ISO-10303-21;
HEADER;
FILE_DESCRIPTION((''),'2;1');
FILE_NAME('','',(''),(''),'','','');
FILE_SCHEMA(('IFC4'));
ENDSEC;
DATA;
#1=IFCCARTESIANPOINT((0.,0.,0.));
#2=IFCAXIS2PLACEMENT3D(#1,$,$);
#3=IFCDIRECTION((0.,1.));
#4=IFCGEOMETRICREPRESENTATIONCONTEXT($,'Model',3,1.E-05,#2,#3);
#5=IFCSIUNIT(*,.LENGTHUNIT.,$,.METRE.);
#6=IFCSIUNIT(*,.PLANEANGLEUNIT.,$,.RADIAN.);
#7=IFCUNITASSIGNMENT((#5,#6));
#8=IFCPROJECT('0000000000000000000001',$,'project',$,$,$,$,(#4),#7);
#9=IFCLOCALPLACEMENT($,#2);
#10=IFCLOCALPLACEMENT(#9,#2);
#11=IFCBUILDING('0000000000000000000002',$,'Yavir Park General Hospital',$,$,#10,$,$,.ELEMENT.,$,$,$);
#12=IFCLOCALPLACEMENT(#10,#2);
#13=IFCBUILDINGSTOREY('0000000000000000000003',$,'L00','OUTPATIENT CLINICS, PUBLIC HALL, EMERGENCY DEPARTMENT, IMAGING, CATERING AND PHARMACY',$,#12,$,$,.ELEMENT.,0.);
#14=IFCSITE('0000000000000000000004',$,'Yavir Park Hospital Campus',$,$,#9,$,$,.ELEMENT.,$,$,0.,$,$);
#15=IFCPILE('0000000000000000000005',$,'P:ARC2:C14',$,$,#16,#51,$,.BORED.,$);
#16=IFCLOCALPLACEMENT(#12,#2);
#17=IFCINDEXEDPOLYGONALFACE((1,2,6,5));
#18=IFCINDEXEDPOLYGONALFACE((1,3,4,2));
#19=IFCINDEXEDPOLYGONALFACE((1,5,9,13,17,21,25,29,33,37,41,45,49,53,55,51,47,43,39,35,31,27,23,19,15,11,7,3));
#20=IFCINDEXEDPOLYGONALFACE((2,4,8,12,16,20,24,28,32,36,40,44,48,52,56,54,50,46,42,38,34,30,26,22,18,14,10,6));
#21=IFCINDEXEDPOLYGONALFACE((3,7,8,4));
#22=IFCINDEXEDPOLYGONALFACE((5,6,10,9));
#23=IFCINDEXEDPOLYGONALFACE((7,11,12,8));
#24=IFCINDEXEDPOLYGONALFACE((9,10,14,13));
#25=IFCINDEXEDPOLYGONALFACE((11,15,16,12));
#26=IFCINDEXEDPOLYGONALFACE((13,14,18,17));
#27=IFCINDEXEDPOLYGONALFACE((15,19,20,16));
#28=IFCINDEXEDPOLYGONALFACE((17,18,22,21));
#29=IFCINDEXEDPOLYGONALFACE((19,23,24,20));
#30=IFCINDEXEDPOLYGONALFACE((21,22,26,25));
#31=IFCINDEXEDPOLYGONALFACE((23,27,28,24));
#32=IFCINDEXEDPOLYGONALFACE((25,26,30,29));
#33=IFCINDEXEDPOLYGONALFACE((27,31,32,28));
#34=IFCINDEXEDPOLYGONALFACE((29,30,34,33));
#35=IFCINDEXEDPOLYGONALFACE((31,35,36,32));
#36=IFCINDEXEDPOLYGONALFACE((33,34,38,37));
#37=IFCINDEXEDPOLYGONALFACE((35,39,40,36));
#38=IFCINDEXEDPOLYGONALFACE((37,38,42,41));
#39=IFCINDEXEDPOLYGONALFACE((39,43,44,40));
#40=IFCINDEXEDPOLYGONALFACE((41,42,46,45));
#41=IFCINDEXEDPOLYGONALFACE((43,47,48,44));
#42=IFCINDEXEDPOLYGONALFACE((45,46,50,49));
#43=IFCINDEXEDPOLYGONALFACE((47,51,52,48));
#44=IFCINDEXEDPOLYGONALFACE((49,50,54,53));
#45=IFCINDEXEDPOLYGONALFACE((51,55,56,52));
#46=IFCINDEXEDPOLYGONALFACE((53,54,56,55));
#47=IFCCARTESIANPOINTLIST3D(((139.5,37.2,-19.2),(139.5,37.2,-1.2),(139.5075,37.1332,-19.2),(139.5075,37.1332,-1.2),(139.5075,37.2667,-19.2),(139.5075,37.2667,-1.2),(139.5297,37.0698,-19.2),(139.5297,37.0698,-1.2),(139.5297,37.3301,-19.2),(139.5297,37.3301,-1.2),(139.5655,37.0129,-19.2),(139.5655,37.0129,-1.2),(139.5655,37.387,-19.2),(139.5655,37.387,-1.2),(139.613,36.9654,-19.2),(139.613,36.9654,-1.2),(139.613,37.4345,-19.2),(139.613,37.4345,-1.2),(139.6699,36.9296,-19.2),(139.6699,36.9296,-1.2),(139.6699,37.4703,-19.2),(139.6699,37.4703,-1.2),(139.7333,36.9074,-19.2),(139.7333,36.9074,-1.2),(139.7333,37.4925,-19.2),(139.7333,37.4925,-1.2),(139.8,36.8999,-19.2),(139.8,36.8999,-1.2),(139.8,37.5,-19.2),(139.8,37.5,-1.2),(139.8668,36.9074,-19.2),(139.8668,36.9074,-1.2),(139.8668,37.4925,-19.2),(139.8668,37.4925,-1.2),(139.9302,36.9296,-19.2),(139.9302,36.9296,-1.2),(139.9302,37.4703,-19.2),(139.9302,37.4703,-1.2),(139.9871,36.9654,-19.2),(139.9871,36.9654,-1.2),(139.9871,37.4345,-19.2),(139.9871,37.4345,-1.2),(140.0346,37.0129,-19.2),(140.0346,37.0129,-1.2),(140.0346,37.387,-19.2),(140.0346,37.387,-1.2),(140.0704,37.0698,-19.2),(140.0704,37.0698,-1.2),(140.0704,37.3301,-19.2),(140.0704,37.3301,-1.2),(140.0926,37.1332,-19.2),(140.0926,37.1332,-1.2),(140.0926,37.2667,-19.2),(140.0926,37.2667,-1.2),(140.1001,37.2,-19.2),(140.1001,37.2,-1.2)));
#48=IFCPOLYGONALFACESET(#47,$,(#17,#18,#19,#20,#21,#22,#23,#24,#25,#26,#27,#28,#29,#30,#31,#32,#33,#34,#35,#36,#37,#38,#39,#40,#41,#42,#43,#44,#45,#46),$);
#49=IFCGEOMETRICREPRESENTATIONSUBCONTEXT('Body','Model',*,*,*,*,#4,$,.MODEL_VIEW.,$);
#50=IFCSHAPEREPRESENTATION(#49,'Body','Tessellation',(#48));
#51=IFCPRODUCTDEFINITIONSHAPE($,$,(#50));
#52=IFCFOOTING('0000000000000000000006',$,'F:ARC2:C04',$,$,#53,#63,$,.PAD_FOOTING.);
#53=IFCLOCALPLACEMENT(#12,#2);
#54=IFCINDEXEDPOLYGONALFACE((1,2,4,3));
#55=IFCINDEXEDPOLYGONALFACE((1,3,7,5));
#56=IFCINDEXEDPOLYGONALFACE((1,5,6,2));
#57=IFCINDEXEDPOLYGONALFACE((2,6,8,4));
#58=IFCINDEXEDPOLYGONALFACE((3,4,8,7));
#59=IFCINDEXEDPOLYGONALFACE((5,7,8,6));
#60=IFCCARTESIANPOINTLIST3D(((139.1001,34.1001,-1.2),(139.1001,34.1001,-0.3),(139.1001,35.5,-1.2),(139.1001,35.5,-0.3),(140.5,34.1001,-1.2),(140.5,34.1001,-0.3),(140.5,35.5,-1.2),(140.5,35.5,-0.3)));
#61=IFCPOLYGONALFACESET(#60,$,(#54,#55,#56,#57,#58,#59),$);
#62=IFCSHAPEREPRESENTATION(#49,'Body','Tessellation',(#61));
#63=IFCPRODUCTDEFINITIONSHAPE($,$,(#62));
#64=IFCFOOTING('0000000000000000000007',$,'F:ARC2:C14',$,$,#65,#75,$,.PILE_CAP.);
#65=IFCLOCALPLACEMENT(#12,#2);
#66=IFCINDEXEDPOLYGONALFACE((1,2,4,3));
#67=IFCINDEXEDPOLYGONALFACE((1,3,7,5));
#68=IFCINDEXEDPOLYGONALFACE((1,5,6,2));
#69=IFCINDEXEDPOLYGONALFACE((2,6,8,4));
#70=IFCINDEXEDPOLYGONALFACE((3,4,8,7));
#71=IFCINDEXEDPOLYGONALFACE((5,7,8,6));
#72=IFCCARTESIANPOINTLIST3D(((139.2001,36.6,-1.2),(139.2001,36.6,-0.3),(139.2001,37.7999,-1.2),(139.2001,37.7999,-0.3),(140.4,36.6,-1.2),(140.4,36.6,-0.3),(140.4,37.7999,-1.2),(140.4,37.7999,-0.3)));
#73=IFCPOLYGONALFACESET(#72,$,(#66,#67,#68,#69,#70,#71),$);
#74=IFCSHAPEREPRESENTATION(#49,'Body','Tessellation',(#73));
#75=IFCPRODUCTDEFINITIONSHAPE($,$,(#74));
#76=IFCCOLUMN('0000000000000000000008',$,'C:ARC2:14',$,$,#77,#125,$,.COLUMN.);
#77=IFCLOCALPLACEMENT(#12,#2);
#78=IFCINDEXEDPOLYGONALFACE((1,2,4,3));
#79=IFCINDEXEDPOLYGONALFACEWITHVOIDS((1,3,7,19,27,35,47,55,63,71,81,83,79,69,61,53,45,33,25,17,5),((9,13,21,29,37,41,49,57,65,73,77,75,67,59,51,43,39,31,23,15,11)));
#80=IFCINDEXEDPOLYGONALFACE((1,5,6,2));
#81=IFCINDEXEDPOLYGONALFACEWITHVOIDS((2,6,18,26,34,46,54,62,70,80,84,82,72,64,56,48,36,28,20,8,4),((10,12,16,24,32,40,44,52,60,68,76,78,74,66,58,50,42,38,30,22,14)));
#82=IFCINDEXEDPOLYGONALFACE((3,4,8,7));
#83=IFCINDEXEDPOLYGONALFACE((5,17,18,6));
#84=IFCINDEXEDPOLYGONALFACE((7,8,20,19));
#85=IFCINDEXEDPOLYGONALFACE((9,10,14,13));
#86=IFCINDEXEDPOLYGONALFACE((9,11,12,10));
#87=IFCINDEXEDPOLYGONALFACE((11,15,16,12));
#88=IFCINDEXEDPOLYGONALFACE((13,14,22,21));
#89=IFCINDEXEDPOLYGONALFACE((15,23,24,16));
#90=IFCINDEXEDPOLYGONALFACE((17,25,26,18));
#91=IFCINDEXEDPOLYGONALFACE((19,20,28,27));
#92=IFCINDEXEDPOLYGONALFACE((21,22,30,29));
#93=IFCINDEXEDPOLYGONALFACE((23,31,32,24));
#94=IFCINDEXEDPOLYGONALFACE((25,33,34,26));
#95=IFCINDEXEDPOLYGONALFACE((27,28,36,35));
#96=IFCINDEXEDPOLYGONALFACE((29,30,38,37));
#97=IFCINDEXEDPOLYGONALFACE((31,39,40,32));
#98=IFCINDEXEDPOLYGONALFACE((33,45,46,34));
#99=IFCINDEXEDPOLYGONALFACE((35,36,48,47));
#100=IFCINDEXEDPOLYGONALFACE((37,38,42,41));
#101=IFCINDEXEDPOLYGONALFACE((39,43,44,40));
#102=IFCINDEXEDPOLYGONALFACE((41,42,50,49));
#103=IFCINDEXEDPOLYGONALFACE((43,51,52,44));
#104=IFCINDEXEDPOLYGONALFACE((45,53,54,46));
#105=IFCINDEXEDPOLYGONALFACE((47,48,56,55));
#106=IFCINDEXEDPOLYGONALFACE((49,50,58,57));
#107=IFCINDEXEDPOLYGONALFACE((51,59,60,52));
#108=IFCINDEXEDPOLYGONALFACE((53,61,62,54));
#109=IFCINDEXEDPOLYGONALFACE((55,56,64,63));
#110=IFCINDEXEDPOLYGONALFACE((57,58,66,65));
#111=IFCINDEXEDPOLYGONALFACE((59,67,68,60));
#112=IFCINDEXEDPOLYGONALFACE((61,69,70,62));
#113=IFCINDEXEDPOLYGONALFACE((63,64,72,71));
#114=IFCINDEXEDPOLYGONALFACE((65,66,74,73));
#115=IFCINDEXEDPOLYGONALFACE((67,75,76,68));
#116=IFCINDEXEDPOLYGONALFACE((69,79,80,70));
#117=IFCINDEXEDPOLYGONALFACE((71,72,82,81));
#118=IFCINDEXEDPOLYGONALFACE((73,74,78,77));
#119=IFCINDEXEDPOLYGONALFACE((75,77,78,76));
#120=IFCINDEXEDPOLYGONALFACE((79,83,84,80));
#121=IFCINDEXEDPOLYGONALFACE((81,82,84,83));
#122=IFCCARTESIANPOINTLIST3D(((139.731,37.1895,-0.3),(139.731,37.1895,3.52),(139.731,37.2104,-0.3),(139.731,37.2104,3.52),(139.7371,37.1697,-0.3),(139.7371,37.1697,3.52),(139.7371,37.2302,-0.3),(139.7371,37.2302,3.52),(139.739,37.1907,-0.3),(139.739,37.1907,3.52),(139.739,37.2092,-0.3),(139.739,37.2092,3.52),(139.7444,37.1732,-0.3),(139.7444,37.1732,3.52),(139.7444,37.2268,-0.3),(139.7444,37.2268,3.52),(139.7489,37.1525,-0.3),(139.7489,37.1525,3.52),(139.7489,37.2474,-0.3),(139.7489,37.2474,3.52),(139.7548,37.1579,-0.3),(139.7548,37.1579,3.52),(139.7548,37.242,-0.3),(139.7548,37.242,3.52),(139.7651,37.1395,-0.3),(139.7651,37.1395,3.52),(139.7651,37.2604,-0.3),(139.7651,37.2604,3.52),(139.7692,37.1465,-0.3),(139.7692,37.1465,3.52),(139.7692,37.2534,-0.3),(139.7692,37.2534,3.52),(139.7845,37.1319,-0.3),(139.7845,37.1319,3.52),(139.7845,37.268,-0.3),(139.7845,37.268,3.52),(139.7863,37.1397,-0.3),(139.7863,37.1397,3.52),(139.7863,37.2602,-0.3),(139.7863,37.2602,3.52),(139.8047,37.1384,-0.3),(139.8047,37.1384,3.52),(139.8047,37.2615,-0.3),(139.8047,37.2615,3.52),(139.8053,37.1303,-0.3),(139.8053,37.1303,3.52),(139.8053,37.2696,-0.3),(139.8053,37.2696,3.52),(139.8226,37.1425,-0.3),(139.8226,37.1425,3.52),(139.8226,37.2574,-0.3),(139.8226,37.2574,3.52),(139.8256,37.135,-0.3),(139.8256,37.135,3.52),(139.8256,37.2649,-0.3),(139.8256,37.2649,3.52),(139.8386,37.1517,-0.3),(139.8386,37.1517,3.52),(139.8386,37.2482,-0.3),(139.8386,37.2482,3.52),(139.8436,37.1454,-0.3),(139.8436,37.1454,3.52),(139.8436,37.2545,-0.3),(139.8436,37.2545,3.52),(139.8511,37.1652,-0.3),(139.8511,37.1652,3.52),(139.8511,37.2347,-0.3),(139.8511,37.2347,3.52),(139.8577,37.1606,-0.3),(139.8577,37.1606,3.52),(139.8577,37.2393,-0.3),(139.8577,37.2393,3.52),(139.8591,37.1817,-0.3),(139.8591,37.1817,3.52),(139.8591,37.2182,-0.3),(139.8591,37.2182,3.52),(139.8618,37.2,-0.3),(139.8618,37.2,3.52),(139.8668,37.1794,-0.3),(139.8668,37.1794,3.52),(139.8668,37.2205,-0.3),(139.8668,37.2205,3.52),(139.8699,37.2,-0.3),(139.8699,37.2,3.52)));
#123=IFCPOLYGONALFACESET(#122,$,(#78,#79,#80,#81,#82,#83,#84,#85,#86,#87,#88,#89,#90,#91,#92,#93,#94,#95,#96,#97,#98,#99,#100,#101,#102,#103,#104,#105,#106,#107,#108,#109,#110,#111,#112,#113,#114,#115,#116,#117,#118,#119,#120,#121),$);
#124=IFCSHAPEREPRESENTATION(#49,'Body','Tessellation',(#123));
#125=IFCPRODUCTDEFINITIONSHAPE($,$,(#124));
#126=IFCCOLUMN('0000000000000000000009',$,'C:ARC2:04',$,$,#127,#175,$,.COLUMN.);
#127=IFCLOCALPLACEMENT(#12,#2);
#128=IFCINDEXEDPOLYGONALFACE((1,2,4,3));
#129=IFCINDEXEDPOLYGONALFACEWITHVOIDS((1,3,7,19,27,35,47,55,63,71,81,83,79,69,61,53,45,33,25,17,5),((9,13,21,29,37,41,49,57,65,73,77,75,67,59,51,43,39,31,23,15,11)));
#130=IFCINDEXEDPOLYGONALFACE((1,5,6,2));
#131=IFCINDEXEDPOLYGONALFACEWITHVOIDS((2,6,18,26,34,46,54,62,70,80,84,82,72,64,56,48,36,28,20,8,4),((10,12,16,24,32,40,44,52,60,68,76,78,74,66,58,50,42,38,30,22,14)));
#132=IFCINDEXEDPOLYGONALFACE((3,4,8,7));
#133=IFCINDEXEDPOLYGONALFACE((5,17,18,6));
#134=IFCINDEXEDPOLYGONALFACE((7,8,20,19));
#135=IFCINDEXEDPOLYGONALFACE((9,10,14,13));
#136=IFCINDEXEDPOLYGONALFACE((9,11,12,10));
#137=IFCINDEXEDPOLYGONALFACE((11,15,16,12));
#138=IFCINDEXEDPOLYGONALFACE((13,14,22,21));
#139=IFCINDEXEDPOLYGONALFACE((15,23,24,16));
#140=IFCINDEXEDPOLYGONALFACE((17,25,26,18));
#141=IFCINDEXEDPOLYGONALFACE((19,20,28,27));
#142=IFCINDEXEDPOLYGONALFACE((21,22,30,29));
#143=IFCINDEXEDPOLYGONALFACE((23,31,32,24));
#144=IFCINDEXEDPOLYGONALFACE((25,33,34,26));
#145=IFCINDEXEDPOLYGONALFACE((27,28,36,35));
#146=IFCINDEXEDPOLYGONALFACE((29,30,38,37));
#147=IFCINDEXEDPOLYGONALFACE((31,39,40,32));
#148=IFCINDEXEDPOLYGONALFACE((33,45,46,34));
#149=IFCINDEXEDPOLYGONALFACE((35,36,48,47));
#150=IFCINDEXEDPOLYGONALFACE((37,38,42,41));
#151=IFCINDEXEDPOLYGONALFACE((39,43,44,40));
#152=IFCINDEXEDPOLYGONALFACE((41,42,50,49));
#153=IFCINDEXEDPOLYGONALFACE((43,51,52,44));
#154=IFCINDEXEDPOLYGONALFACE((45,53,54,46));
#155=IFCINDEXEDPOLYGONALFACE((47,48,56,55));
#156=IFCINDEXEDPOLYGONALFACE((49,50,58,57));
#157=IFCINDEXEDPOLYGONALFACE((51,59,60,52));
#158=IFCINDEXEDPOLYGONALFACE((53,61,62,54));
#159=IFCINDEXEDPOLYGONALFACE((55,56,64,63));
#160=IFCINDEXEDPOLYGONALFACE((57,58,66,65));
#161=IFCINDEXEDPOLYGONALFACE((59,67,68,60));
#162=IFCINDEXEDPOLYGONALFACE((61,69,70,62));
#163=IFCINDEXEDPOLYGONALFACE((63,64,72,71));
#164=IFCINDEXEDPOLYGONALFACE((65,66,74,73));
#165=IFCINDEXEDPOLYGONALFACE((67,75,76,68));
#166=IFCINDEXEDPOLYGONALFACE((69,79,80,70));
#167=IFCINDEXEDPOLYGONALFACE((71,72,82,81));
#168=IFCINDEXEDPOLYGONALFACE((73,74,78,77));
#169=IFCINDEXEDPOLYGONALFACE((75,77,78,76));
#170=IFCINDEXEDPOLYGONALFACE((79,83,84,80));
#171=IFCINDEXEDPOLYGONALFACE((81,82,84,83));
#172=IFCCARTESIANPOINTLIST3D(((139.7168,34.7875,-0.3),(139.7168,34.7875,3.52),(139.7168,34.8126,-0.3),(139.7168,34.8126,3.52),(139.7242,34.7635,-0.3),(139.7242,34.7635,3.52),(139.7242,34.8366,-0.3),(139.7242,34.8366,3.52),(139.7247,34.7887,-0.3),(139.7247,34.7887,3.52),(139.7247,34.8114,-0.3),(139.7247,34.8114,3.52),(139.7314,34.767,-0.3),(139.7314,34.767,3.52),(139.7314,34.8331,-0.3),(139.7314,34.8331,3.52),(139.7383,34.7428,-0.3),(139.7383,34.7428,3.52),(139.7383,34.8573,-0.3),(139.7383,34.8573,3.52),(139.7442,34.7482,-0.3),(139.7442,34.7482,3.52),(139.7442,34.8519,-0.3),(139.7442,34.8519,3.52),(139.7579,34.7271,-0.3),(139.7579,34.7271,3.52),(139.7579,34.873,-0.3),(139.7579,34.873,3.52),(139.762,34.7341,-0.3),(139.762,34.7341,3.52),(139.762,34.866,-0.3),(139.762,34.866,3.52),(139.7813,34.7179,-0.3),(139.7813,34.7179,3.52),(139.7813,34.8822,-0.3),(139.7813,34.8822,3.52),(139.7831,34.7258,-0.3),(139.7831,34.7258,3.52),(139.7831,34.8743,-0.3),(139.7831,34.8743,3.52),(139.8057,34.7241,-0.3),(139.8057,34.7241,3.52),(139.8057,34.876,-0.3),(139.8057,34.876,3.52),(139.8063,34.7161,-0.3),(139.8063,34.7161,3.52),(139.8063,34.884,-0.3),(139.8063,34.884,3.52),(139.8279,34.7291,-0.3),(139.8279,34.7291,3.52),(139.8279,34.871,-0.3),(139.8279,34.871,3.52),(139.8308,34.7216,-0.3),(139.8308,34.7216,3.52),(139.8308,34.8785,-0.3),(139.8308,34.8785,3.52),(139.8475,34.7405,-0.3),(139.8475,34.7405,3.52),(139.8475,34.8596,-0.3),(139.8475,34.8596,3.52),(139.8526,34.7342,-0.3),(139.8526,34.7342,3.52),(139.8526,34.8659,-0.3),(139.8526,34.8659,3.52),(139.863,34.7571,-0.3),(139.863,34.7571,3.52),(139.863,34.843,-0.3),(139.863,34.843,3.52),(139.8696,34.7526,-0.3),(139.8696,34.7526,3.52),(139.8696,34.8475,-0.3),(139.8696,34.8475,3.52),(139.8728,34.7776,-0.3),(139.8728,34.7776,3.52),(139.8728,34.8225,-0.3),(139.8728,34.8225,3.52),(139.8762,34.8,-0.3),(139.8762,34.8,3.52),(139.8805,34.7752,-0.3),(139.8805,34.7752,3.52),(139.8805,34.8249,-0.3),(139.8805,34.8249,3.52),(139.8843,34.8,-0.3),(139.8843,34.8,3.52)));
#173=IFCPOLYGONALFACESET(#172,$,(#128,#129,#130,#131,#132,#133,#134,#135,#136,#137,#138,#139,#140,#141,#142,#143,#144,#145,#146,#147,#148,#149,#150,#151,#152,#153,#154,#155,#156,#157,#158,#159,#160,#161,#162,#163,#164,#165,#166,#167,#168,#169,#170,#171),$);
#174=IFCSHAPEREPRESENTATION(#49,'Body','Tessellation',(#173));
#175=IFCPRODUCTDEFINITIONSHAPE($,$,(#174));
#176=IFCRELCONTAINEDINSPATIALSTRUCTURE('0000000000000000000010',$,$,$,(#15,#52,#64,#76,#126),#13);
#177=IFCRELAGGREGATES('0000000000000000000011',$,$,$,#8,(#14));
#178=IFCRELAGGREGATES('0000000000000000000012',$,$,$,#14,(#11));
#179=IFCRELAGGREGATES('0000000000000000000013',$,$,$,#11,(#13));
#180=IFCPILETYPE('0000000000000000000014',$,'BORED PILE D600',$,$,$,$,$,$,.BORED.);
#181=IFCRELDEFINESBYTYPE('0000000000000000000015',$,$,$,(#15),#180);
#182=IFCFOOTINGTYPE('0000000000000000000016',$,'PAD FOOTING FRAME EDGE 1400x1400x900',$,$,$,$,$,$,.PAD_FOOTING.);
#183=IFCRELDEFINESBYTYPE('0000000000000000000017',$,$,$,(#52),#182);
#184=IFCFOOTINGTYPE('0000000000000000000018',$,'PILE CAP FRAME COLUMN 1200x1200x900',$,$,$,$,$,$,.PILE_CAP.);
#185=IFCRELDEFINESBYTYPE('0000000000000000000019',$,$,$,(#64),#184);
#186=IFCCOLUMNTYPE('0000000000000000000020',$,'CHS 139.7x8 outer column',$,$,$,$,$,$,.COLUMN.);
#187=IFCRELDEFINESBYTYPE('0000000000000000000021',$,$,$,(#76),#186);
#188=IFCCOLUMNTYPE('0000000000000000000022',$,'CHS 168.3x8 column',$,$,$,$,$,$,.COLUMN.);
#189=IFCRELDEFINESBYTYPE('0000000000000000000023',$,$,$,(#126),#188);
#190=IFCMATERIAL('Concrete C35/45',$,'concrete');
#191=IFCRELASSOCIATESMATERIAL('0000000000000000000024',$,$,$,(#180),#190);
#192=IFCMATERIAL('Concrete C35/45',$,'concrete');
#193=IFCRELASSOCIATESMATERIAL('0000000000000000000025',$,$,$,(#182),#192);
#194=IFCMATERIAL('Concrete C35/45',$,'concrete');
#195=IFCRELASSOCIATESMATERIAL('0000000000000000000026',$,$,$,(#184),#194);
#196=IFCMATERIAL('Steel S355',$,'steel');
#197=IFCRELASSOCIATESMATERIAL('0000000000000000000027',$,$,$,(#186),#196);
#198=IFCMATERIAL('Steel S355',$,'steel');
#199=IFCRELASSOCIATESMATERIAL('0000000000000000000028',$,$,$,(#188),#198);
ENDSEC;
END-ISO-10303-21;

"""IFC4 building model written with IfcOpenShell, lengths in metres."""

from ifc_helpers import new_model, si_unit, direction, frame, origin, origin_2d, place, context, subcontext, project, spatial, rectangle, circle, hollow_circle, extrude, material, material_profile, profile_set, type_object, element, save


model = new_model("IFC4")

# Units and contexts
model_context = context("Model", 3, precision=1e-05, world=origin(), true_north=direction((0.0, 1.0)))
body_context = subcontext(model_context, "Body", "Model", "MODEL_VIEW")
ifc_project = project(units=[si_unit("LENGTHUNIT", "METRE"), si_unit("PLANEANGLEUNIT", "RADIAN")], contexts=[model_context])

# Site, building, storey
site_placement = place(None, origin())
site = spatial("IfcSite", under=ifc_project, at=site_placement, Name="Yavir Park Hospital Campus", CompositionType="ELEMENT", RefElevation=0.0)
building_placement = place(site_placement, origin())
building = spatial("IfcBuilding", under=site, at=building_placement, Name="Yavir Park General Hospital", CompositionType="ELEMENT")
storey_placement = place(building_placement, origin())
storey = spatial("IfcBuildingStorey", under=building, at=storey_placement, Name="L00", Description="OUTPATIENT CLINICS, PUBLIC HALL, EMERGENCY DEPARTMENT, IMAGING, CATERING AND PHARMACY", CompositionType="ELEMENT", Elevation=0.0)

# Pile
ifc_material_1 = material(Name="Concrete C35/45", Category="concrete")
ifc_material_profile_1 = material_profile(ifc_material_1, circle(Radius=0.3, at=origin_2d()), Name="D600")
ifc_profile_set_1 = profile_set([ifc_material_profile_1], Name="Concrete C35/45")
pile_type_1 = type_object("IfcPileType", Name="BORED PILE D600", PredefinedType="BORED", material=ifc_profile_set_1)
pile_placement = place(storey_placement, frame((139.8, 37.2, -1.2), z_axis=(0.0, 0.0, -1.0), x_axis=(1.0, 0.0, 0.0)))
element("IfcPile", 1, at=pile_placement, inside=storey, type_object=pile_type_1, Name="P:ARC2:C14", PredefinedType="BORED", context=body_context, shape_type="SweptSolid", body=[
    extrude(circle(Radius=0.3, at=origin_2d()), origin(), (0.0, 0.0, 1.0), 18.0),
])

# Footings
ifc_material_2 = material(Name="Concrete C35/45", Category="concrete")
footing_type_1 = type_object("IfcFootingType", Name="PAD FOOTING FRAME EDGE 1400x1400x900", PredefinedType="PAD_FOOTING", material=ifc_material_2)
footing_1_placement = place(storey_placement, frame((139.8, 34.8, -1.2), z_axis=(0.0, 0.0, 1.0), x_axis=(1.0, 0.0, 0.0)))
element("IfcFooting", 2, at=footing_1_placement, inside=storey, type_object=footing_type_1, Name="F:ARC2:C04", PredefinedType="PAD_FOOTING", context=body_context, shape_type="SweptSolid", body=[
    extrude(rectangle(XDim=1.3999, YDim=1.3999, at=origin_2d()), origin(), (0.0, 0.0, 1.0), 0.8999),
])
ifc_material_3 = material(Name="Concrete C35/45", Category="concrete")
footing_type_2 = type_object("IfcFootingType", Name="PILE CAP FRAME COLUMN 1200x1200x900", PredefinedType="PILE_CAP", material=ifc_material_3)
footing_2_placement = place(storey_placement, frame((139.8, 37.2, -1.2), z_axis=(0.0, 0.0, 1.0), x_axis=(1.0, 0.0, 0.0)))
element("IfcFooting", 3, at=footing_2_placement, inside=storey, type_object=footing_type_2, Name="F:ARC2:C14", PredefinedType="PILE_CAP", context=body_context, shape_type="SweptSolid", body=[
    extrude(rectangle(XDim=1.2, YDim=1.2, at=origin_2d()), origin(), (0.0, 0.0, 1.0), 0.8999),
])

# Columns
ifc_material_4 = material(Name="Steel S355", Category="steel")
ifc_material_profile_2 = material_profile(ifc_material_4, hollow_circle(Radius=0.0698, WallThickness=0.0081, at=origin_2d()), Name="CHS139.7x8")
ifc_profile_set_2 = profile_set([ifc_material_profile_2], Name="Steel S355")
column_type_1 = type_object("IfcColumnType", Name="CHS 139.7x8 outer column", PredefinedType="COLUMN", material=ifc_profile_set_2)
column_1_placement = place(storey_placement, frame((139.8, 37.2, -0.3), z_axis=(0.0, 0.0, 1.0), x_axis=(1.0, 0.0, 0.0)))
element("IfcColumn", 4, at=column_1_placement, inside=storey, type_object=column_type_1, Name="C:ARC2:14", PredefinedType="COLUMN", context=body_context, shape_type="SweptSolid", body=[
    extrude(hollow_circle(Radius=0.0698, WallThickness=0.0081, at=origin_2d()), origin(), (0.0, 0.0, 1.0), 3.8201),
])
ifc_material_5 = material(Name="Steel S355", Category="steel")
ifc_material_profile_3 = material_profile(ifc_material_5, hollow_circle(Radius=0.0842, WallThickness=0.0081, at=origin_2d()), Name="CHS168.3x8")
ifc_profile_set_3 = profile_set([ifc_material_profile_3], Name="Steel S355")
column_type_2 = type_object("IfcColumnType", Name="CHS 168.3x8 column", PredefinedType="COLUMN", material=ifc_profile_set_3)
column_2_placement = place(storey_placement, frame((139.8, 34.8, -0.3), z_axis=(0.0, 0.0, 1.0), x_axis=(1.0, 0.0, 0.0)))
element("IfcColumn", 5, at=column_2_placement, inside=storey, type_object=column_type_2, Name="C:ARC2:04", PredefinedType="COLUMN", context=body_context, shape_type="SweptSolid", body=[
    extrude(hollow_circle(Radius=0.0842, WallThickness=0.0081, at=origin_2d()), origin(), (0.0, 0.0, 1.0), 3.8201),
])

save(model, "model.ifc")
